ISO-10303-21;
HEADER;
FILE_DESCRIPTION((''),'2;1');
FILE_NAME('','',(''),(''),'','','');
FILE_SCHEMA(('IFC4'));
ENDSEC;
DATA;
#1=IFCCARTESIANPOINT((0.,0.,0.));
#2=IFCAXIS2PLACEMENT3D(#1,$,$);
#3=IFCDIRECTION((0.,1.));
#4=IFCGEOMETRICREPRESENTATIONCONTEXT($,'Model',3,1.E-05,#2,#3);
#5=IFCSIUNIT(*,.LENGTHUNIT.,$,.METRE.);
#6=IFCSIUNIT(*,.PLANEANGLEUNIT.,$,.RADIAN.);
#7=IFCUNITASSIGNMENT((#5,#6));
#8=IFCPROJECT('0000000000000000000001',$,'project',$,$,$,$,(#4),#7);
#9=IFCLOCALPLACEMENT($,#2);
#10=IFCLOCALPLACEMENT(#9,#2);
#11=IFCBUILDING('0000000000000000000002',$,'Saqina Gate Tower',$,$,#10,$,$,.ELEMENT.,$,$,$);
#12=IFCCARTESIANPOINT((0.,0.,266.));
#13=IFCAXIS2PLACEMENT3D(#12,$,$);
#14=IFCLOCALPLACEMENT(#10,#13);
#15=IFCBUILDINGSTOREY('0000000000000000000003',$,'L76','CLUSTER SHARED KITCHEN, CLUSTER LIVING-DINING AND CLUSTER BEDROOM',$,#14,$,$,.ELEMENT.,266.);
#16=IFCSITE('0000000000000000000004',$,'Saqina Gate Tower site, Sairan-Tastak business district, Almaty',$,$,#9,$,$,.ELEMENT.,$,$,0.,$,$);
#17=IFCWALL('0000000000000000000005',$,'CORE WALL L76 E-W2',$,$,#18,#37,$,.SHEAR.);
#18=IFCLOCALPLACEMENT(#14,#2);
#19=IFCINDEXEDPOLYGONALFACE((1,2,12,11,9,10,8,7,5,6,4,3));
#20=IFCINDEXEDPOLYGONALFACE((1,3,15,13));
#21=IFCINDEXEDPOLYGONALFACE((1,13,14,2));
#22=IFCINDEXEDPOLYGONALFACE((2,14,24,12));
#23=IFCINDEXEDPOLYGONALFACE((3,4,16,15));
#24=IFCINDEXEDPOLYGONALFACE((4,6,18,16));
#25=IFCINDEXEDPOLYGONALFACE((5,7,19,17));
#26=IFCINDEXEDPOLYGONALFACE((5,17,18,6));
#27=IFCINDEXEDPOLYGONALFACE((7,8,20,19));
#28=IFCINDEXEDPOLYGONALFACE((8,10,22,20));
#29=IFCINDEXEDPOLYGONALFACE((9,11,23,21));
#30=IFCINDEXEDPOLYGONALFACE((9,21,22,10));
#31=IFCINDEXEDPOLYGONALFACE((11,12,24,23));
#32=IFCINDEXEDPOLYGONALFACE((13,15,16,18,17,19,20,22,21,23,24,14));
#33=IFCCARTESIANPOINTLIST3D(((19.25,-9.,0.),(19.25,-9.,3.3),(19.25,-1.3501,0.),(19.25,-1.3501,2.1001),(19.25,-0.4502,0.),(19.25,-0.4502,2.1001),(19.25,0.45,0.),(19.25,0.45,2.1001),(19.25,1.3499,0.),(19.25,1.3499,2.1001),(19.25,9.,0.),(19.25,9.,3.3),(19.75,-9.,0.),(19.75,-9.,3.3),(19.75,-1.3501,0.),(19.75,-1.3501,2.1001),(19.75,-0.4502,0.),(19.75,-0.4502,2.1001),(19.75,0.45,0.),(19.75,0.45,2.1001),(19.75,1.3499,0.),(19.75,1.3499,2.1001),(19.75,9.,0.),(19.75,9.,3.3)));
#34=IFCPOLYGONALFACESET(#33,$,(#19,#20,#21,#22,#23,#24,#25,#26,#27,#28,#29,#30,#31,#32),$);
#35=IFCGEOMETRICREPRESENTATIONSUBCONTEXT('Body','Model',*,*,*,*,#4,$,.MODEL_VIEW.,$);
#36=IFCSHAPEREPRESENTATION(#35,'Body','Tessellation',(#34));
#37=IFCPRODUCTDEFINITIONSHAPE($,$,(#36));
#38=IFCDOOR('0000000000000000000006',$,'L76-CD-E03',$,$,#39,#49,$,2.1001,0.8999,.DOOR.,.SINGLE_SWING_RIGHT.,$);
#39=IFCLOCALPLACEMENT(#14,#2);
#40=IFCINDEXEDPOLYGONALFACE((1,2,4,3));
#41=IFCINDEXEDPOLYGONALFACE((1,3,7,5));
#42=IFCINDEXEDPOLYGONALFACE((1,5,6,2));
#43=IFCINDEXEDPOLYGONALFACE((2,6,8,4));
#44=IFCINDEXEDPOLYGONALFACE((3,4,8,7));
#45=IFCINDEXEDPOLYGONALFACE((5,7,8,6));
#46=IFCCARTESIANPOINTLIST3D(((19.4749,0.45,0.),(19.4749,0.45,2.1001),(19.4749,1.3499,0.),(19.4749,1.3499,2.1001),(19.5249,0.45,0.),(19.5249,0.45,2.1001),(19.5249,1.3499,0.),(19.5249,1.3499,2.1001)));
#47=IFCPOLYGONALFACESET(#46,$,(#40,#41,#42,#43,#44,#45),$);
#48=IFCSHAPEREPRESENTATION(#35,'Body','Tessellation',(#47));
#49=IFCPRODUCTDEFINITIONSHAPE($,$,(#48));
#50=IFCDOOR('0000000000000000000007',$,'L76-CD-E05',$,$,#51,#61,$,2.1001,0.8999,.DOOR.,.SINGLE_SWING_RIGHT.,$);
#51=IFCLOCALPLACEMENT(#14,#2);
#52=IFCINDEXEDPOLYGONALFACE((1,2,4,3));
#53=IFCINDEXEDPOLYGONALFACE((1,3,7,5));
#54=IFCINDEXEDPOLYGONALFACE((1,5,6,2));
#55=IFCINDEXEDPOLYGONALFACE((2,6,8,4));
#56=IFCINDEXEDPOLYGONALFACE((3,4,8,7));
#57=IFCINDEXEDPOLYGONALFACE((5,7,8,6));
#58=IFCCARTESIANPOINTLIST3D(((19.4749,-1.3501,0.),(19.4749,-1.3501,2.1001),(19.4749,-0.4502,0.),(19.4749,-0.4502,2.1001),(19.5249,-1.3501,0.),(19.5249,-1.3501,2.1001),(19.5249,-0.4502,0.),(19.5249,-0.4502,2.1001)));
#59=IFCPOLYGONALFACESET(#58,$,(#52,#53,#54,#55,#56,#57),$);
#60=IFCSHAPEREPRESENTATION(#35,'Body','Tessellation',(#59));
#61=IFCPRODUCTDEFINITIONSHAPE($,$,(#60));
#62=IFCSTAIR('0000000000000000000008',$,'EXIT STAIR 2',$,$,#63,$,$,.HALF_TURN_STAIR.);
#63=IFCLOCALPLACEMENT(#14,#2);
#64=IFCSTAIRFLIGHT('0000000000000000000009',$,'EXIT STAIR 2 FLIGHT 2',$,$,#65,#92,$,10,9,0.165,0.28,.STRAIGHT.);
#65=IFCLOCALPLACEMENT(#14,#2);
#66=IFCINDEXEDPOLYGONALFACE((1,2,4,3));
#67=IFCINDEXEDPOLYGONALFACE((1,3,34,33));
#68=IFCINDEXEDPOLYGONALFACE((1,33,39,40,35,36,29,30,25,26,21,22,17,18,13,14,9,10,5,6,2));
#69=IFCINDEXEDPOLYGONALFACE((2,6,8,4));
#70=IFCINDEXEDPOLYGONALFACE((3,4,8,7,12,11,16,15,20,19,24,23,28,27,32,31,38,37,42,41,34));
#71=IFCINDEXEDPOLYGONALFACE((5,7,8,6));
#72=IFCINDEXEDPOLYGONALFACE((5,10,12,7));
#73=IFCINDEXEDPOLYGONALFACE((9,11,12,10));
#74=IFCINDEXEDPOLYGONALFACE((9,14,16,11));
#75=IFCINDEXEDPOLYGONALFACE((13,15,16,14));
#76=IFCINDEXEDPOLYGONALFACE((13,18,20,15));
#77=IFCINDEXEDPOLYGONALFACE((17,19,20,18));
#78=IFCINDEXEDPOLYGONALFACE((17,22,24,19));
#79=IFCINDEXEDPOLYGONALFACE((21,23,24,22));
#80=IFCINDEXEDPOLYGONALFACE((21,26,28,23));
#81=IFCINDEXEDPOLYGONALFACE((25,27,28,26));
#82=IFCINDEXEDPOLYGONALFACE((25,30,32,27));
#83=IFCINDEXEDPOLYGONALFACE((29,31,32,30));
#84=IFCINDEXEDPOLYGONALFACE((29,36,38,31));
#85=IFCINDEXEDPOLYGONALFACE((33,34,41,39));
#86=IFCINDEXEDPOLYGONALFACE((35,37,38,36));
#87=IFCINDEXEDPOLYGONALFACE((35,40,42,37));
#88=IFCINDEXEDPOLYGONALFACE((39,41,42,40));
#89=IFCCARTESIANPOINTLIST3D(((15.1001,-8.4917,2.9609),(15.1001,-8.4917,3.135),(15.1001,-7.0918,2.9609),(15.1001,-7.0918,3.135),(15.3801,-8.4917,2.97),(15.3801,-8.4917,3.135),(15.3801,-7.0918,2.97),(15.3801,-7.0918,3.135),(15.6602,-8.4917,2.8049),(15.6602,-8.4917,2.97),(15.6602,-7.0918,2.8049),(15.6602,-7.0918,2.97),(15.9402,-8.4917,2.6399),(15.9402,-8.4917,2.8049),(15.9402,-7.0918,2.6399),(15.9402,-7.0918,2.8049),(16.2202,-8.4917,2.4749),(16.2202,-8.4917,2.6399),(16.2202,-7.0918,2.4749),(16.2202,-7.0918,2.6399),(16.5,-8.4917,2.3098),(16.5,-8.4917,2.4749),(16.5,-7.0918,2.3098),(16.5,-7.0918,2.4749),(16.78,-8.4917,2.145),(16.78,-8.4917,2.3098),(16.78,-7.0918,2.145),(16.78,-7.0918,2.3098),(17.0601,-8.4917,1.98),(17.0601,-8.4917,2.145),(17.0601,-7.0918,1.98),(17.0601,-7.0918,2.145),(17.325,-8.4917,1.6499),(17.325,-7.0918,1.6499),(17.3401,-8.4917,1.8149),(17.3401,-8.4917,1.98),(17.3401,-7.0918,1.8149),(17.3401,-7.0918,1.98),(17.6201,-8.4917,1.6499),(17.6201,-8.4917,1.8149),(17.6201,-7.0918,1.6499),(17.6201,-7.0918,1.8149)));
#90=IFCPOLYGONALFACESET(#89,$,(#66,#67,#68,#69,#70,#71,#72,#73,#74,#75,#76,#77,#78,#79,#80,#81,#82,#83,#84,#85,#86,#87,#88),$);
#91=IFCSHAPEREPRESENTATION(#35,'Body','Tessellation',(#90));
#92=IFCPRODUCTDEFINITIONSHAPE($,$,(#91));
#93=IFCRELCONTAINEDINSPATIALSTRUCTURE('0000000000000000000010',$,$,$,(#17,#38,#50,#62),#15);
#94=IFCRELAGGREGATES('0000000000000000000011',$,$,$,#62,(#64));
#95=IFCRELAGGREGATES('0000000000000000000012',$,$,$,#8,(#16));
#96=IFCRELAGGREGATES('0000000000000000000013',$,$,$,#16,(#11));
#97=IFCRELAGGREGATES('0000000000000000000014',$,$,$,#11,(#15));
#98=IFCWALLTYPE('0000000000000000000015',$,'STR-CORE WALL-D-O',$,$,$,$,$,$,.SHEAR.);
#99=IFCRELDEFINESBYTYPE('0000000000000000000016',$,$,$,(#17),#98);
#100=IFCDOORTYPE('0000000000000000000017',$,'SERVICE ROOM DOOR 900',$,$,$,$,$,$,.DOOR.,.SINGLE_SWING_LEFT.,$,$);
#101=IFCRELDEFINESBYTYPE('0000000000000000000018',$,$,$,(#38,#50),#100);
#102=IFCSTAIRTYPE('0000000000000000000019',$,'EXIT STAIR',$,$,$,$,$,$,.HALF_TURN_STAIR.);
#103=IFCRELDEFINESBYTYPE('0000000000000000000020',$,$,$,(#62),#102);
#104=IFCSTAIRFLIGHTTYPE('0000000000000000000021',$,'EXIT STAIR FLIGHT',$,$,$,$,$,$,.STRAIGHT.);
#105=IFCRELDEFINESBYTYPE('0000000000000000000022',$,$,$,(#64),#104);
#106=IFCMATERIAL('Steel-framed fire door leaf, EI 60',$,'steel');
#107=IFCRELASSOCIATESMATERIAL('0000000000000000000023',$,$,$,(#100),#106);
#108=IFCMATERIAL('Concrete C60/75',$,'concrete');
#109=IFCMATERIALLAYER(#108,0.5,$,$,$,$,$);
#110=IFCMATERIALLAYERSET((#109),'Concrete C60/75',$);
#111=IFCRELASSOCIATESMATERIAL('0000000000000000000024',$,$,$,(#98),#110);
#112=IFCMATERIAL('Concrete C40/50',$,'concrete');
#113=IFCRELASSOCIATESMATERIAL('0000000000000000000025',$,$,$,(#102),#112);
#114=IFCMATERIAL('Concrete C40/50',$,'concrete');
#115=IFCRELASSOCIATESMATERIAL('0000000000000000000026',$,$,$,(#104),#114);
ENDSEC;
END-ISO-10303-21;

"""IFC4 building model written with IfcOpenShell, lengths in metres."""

from ifc_helpers import new_model, si_unit, direction, frame, frame_2d, origin, place, context, subcontext, project, spatial, polyline, rectangle, outline, extrude, material, layer, layer_set, type_object, element, fill, aggregate, save


model = new_model("IFC4")

# Units and contexts
model_context = context("Model", 3, precision=1e-05, world=origin(), true_north=direction((0.0, 1.0)))
body_context = subcontext(model_context, "Body", "Model", "MODEL_VIEW")
ifc_project = project(units=[si_unit("LENGTHUNIT", "METRE"), si_unit("PLANEANGLEUNIT", "RADIAN")], contexts=[model_context])

# Site, building, storey
site_placement = place(None, origin())
site = spatial("IfcSite", under=ifc_project, at=site_placement, Name="Saqina Gate Tower site, Sairan-Tastak business district, Almaty", CompositionType="ELEMENT", RefElevation=0.0)
building_placement = place(site_placement, origin())
building = spatial("IfcBuilding", under=site, at=building_placement, Name="Saqina Gate Tower", CompositionType="ELEMENT")
storey_placement = place(building_placement, frame((0.0, 0.0, 266.0)))
storey = spatial("IfcBuildingStorey", under=building, at=storey_placement, Name="L76", Description="CLUSTER SHARED KITCHEN, CLUSTER LIVING-DINING AND CLUSTER BEDROOM", CompositionType="ELEMENT", Elevation=266.0)

# Shared definitions
ifc_material_1 = material(Name="Steel-framed fire door leaf, EI 60", Category="steel")
door_type_1 = type_object("IfcDoorType", Name="SERVICE ROOM DOOR 900", OperationType="SINGLE_SWING_LEFT", PredefinedType="DOOR", material=ifc_material_1)

# Wall, openings, doors
ifc_material_2 = material(Name="Concrete C60/75", Category="concrete")
ifc_layer_1 = layer(ifc_material_2, 0.5)
ifc_layer_set_1 = layer_set([ifc_layer_1], Name="Concrete C60/75")
wall_type_1 = type_object("IfcWallType", Name="STR-CORE WALL-D-O", PredefinedType="SHEAR", material=ifc_layer_set_1)
wall_1_placement = place(storey_placement, frame((19.5, -9.0, 0.0), z_axis=(0.0, 0.0, 1.0), x_axis=(0.0, 1.0, 0.0)))
wall_1 = element("IfcWall", 1, at=wall_1_placement, inside=storey, type_object=wall_type_1, Name="CORE WALL L76 E-W2", PredefinedType="SHEAR", context=body_context, shape_type="SweptSolid", body=[
    extrude(rectangle(XDim=18.0, YDim=0.5, at=frame_2d((9.0, 0.0))), origin(), (0.0, 0.0, 1.0), 3.3),
])
opening_1_placement = place(wall_1_placement, frame((9.45, 0.0, 0.0)))
opening_1 = element("IfcOpeningElement", 2, at=opening_1_placement, cuts=wall_1, PredefinedType="OPENING", context=body_context, shape_type="SweptSolid", body=[
    extrude(rectangle(XDim=0.8999, YDim=2.1001, at=frame_2d((0.45, 1.05))), frame((0.0, 0.262, 0.0), z_axis=(0.0, -1.0, 0.0), x_axis=(1.0, 0.0, 0.0)), (0.0, 0.0, 1.0), 0.5239),
])
opening_2_placement = place(wall_1_placement, frame((7.6499, 0.0, 0.0)))
opening_2 = element("IfcOpeningElement", 3, at=opening_2_placement, cuts=wall_1, PredefinedType="OPENING", context=body_context, shape_type="SweptSolid", body=[
    extrude(rectangle(XDim=0.8999, YDim=2.1001, at=frame_2d((0.45, 1.05))), frame((0.0, 0.262, 0.0), z_axis=(0.0, -1.0, 0.0), x_axis=(1.0, 0.0, 0.0)), (0.0, 0.0, 1.0), 0.5239),
])
door_1_placement = place(opening_1_placement, frame((0.8999, 0.0, 0.0), z_axis=(0.0, 0.0, 1.0), x_axis=(-1.0, 0.0, 0.0)))
door_1 = element("IfcDoor", 4, at=door_1_placement, inside=storey, type_object=door_type_1, Name="L76-CD-E03", OperationType="SINGLE_SWING_RIGHT", OverallHeight=2.1001, OverallWidth=0.8999, PredefinedType="DOOR", context=body_context, shape_type="SweptSolid", body=[
    extrude(rectangle(XDim=0.8999, YDim=2.1001, at=frame_2d((0.45, 1.05))), frame((0.0, 0.0249, 0.0), z_axis=(0.0, -1.0, 0.0), x_axis=(1.0, 0.0, 0.0)), (0.0, 0.0, 1.0), 0.05),
])
fill(opening_1, door_1)
door_2_placement = place(opening_2_placement, frame((0.8999, 0.0, 0.0), z_axis=(0.0, 0.0, 1.0), x_axis=(-1.0, 0.0, 0.0)))
door_2 = element("IfcDoor", 5, at=door_2_placement, inside=storey, type_object=door_type_1, Name="L76-CD-E05", OperationType="SINGLE_SWING_RIGHT", OverallHeight=2.1001, OverallWidth=0.8999, PredefinedType="DOOR", context=body_context, shape_type="SweptSolid", body=[
    extrude(rectangle(XDim=0.8999, YDim=2.1001, at=frame_2d((0.45, 1.05))), frame((0.0, 0.0249, 0.0), z_axis=(0.0, -1.0, 0.0), x_axis=(1.0, 0.0, 0.0)), (0.0, 0.0, 1.0), 0.05),
])
fill(opening_2, door_2)

# Stair, stair flight
ifc_material_3 = material(Name="Concrete C40/50", Category="concrete")
stair_type = type_object("IfcStairType", Name="EXIT STAIR", PredefinedType="HALF_TURN_STAIR", material=ifc_material_3)
stair_placement = place(storey_placement, origin())
stair = element("IfcStair", 6, at=stair_placement, inside=storey, type_object=stair_type, Name="EXIT STAIR 2", PredefinedType="HALF_TURN_STAIR")
ifc_material_4 = material(Name="Concrete C40/50", Category="concrete")
stair_flight_type = type_object("IfcStairFlightType", Name="EXIT STAIR FLIGHT", PredefinedType="STRAIGHT", material=ifc_material_4)
stair_flight_placement = place(storey_placement, frame((17.6201, -7.7917, 1.6499), z_axis=(0.0, 0.0, 1.0), x_axis=(-1.0, 0.0, 0.0)))
stair_flight = element("IfcStairFlight", 7, at=stair_flight_placement, type_object=stair_flight_type, Name="EXIT STAIR 2 FLIGHT 2", NumberOfRisers=10, NumberOfTreads=9, PredefinedType="STRAIGHT", RiserHeight=0.165, TreadLength=0.28, context=body_context, shape_type="SweptSolid", body=[
    extrude(outline(polyline([(0.0, 0.0), (0.0, 0.165), (0.28, 0.165), (0.28, 0.3301), (0.5601, 0.3301), (0.5601, 0.4951), (0.8401, 0.4951), (0.8401, 0.6599), (1.1201, 0.6599), (1.1201, 0.825), (1.3999, 0.825), (1.3999, 0.99), (1.6799, 0.99), (1.6799, 1.155), (1.96, 1.155), (1.96, 1.3201), (2.24, 1.3201), (2.24, 1.4851), (2.52, 1.4851), (2.52, 1.6499), (2.52, 1.311), (0.2952, 0.0), (0.0, 0.0)])), frame((0.0, 0.7, 0.0), z_axis=(0.0, -1.0, 0.0), x_axis=(1.0, 0.0, 0.0)), (0.0, 0.0, 1.0), 1.3999),
])
aggregate(stair, [stair_flight])

save(model, "model.ifc")
